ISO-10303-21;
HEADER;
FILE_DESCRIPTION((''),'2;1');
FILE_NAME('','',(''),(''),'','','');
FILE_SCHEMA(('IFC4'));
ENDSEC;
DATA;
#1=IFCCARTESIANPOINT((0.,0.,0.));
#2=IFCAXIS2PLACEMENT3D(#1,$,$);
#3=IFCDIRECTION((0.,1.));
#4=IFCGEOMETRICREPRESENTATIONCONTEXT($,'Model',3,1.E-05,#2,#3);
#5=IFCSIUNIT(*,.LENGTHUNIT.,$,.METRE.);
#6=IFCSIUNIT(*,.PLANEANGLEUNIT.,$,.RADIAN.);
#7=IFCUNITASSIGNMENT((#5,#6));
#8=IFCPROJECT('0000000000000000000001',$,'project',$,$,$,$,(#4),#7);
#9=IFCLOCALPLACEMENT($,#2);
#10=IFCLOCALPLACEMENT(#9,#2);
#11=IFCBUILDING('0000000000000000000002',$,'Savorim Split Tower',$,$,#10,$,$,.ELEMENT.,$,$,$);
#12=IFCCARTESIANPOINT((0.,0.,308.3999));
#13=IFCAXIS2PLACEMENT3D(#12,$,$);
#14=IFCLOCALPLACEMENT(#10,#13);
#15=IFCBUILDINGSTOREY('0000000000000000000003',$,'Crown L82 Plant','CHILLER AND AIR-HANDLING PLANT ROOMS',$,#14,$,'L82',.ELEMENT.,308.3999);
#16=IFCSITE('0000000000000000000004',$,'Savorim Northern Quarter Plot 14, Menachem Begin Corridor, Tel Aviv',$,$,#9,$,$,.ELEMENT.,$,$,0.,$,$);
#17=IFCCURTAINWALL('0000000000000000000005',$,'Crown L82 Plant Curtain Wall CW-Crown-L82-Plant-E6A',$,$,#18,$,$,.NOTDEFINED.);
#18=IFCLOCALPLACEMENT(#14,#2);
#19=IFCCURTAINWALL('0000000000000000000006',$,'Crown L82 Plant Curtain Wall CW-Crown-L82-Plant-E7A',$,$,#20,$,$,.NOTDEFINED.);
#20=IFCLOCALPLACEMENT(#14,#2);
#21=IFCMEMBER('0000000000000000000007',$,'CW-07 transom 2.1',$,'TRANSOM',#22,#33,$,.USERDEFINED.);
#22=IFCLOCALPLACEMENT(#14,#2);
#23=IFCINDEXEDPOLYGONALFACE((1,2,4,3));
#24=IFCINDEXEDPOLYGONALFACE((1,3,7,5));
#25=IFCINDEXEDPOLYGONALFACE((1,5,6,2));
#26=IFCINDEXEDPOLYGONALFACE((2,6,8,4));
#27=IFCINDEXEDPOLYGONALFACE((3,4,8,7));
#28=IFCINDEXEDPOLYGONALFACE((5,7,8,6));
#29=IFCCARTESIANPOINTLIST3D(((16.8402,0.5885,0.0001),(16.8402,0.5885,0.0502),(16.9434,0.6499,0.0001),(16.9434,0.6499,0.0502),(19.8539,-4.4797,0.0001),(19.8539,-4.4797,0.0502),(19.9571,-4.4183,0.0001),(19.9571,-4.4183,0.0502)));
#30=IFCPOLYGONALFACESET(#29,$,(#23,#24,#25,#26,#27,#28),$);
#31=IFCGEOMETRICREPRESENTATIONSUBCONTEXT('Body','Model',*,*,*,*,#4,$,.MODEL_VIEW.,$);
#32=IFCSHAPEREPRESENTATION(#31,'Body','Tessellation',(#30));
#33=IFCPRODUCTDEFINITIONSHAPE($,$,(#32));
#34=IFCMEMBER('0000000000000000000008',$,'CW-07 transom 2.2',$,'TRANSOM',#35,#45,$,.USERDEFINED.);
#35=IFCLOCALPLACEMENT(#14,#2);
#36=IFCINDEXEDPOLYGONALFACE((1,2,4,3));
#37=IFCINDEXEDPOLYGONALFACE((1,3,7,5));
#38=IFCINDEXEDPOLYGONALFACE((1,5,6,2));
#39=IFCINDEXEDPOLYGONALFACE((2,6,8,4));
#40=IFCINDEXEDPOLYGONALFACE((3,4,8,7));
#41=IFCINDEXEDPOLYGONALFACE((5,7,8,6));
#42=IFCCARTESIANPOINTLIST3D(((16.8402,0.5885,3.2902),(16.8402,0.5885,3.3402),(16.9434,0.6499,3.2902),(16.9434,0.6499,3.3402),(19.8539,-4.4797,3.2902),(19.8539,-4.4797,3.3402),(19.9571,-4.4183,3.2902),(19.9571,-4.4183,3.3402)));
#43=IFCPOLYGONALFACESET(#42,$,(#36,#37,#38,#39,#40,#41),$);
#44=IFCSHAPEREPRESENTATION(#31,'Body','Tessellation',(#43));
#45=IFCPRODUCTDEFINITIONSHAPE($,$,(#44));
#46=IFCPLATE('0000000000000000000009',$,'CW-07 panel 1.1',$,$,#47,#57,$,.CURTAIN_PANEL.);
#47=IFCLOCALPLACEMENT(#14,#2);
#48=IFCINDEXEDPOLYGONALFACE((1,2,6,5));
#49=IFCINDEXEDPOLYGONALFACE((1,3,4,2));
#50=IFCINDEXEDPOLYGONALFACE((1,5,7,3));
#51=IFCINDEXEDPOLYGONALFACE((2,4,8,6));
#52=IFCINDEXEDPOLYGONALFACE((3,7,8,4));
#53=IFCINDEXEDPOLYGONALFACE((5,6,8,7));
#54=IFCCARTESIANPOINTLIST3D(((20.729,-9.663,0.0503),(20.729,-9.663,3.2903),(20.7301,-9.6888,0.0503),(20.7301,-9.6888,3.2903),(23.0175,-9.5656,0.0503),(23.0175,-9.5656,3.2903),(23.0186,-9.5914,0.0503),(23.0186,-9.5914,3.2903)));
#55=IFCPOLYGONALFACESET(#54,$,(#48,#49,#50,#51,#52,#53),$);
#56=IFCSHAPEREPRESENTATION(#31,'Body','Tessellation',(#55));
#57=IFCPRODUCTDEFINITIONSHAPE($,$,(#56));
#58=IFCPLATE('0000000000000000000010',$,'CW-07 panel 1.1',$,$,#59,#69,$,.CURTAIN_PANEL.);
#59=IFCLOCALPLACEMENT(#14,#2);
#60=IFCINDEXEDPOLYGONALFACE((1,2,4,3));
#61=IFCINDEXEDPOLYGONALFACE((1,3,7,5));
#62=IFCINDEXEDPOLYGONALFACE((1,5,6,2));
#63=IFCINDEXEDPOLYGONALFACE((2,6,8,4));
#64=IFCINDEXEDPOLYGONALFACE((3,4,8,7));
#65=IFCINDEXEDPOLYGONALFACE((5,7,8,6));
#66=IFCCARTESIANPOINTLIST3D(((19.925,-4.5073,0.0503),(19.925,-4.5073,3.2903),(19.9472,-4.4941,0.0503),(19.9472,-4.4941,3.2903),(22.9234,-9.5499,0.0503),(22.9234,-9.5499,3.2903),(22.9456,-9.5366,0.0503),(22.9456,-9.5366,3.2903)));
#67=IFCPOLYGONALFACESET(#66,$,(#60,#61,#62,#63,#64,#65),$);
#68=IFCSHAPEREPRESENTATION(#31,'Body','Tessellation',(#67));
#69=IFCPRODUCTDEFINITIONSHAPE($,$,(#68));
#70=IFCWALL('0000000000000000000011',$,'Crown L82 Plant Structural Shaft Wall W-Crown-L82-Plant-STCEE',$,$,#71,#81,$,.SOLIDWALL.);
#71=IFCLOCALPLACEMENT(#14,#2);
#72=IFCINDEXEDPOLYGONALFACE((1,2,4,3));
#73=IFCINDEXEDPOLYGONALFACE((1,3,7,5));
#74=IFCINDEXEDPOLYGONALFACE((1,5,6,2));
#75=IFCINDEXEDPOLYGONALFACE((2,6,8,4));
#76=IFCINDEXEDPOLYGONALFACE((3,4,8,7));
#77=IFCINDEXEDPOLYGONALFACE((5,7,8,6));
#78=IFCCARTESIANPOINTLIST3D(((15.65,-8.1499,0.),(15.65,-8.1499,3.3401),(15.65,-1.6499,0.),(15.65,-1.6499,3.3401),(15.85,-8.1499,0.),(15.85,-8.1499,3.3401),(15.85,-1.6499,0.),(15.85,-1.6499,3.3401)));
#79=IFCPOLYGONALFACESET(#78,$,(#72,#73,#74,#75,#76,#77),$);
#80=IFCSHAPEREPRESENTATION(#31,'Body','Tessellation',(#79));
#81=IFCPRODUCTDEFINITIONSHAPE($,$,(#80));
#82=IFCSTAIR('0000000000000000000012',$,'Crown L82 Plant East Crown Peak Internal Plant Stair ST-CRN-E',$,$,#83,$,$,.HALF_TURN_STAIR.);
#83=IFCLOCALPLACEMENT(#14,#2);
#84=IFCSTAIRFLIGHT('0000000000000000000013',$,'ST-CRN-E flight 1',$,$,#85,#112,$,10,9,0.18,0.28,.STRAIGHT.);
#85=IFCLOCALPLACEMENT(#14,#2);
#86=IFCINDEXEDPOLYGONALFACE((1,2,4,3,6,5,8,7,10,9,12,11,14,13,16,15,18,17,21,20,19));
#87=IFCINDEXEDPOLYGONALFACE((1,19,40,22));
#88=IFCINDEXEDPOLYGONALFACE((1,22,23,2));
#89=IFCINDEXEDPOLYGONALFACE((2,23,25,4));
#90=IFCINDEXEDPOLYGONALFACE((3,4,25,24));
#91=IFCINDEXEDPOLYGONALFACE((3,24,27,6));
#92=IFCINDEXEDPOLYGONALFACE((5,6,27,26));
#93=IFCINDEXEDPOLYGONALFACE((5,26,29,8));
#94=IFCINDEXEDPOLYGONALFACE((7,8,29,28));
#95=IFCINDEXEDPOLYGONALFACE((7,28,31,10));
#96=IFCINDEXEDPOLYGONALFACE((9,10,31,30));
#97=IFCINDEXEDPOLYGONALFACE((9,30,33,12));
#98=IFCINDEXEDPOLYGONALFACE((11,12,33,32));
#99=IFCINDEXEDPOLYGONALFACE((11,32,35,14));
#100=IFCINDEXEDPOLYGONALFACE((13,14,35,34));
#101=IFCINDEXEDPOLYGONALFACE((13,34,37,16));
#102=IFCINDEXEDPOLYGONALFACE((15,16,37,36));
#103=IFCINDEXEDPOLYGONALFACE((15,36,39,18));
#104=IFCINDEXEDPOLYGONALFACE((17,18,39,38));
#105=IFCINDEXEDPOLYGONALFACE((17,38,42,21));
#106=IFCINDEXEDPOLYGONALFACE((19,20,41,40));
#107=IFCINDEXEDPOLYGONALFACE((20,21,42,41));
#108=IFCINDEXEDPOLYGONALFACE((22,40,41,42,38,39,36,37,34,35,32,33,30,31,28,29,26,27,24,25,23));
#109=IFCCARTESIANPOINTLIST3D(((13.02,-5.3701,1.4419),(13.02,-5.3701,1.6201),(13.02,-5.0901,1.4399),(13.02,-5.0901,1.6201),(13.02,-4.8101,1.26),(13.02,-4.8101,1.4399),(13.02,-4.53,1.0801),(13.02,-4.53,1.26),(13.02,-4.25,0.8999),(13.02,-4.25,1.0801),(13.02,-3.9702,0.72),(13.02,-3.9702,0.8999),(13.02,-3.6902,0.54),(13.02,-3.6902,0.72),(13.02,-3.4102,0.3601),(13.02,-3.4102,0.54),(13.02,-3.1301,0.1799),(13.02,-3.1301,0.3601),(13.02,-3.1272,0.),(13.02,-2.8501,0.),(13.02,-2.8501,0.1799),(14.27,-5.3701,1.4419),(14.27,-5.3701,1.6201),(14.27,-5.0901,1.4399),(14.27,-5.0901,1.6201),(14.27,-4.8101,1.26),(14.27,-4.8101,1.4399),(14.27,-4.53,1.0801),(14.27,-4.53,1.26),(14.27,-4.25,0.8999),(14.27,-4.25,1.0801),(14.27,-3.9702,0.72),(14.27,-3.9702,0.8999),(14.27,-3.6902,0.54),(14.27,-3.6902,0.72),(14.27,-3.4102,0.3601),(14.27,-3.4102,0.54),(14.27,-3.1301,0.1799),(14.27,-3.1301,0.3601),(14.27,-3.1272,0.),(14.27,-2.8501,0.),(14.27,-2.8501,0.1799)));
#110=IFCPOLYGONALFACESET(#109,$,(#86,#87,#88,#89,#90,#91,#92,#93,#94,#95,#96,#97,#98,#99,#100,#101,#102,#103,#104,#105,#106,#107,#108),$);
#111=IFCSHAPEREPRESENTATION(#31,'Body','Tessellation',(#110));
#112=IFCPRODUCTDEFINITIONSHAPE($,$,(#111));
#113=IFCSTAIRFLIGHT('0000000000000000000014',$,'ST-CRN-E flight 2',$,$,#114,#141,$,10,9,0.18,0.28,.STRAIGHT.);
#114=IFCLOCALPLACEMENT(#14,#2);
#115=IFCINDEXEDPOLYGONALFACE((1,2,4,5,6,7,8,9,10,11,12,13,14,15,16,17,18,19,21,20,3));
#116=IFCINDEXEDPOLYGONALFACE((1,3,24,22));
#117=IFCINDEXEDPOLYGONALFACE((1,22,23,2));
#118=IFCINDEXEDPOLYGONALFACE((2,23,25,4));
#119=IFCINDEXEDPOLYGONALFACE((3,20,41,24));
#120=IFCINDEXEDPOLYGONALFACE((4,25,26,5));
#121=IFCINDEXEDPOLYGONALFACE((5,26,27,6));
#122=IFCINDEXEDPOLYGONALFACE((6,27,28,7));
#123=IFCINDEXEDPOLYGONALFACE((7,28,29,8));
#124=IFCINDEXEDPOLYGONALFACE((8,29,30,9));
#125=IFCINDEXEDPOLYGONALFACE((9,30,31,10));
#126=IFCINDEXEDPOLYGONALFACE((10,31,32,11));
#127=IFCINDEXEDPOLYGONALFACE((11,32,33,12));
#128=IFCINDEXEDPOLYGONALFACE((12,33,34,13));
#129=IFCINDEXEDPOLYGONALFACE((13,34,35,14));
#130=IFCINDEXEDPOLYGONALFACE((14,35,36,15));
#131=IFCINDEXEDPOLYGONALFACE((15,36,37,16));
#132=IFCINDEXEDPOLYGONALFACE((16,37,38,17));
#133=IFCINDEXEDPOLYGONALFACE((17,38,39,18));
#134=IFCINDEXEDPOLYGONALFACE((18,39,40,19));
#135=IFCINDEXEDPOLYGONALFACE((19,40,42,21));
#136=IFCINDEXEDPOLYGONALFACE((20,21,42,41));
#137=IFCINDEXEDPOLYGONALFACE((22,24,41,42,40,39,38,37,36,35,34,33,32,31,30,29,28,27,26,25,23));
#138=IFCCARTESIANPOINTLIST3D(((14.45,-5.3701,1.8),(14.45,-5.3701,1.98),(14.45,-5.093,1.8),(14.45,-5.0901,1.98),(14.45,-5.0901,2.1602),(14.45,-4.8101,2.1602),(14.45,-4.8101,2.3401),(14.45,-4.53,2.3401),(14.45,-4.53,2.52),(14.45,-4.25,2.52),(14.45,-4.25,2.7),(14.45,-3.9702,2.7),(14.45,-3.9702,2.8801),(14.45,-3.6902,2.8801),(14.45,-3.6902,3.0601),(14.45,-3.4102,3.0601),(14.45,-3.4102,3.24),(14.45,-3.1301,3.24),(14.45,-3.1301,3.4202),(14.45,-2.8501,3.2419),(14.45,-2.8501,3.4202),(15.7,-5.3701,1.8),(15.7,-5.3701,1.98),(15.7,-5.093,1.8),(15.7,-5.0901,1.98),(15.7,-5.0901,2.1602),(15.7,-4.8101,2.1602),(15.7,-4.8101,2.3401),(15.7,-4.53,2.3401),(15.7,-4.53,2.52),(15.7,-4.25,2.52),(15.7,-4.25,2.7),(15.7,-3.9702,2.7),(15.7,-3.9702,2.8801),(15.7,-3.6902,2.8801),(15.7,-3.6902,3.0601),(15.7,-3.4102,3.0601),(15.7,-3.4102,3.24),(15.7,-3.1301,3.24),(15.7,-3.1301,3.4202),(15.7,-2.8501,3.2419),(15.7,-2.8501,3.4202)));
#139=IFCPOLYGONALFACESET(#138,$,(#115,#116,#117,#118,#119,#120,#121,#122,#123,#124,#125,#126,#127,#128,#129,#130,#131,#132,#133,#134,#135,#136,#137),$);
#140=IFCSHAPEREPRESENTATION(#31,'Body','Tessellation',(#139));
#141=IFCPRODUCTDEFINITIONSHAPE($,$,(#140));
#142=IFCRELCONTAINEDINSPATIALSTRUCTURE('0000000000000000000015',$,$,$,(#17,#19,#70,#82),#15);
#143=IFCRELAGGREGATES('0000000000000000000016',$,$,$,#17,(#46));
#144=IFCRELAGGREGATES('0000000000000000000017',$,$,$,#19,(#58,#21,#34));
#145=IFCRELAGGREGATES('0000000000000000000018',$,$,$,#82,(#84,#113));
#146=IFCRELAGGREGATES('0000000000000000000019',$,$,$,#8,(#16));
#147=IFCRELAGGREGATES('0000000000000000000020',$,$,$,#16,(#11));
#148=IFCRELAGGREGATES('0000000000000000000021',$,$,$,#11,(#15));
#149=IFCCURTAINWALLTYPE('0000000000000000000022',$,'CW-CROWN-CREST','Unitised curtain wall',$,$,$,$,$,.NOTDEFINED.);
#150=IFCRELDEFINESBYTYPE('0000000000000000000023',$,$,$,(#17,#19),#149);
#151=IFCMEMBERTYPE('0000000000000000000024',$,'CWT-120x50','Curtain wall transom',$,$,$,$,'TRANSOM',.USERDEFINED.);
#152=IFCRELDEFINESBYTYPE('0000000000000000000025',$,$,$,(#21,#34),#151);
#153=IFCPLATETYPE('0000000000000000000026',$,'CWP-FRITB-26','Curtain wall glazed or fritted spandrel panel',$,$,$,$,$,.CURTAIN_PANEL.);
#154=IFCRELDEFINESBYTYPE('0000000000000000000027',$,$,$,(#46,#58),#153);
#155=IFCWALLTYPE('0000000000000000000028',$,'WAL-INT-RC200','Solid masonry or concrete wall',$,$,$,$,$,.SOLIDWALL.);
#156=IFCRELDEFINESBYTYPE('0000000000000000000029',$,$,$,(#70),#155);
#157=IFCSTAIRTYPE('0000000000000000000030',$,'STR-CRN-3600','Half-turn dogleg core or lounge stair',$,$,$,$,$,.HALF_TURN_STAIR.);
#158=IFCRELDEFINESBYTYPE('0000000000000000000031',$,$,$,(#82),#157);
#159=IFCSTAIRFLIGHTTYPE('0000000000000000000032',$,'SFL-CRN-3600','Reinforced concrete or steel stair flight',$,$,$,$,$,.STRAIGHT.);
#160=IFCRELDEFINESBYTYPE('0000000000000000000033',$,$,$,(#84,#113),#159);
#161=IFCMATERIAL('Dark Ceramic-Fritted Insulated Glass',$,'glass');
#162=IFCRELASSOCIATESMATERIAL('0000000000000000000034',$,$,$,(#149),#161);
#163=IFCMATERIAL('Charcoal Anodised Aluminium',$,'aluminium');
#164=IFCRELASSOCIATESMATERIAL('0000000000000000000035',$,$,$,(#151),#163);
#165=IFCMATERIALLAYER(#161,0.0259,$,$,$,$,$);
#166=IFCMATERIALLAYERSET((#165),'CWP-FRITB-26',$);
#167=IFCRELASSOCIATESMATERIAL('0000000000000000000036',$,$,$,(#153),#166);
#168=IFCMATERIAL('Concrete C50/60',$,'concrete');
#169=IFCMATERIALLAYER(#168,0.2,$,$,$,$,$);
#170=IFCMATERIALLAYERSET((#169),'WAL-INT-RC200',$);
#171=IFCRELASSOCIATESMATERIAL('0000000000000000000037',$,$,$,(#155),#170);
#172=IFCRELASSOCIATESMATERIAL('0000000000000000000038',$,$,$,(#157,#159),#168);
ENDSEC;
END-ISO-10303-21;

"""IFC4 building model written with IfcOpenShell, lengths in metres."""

from ifc_helpers import new_model, si_unit, direction, frame, frame_2d, origin, origin_2d, place, context, subcontext, project, spatial, polyline, rectangle, outline, extrude, material, layer, layer_set, material_profile, profile_set, type_object, element, aggregate, save


model = new_model("IFC4")

# Units and contexts
model_context = context("Model", 3, precision=1e-05, world=origin(), true_north=direction((0.0, 1.0)))
body_context = subcontext(model_context, "Body", "Model", "MODEL_VIEW")
ifc_project = project(units=[si_unit("LENGTHUNIT", "METRE"), si_unit("PLANEANGLEUNIT", "RADIAN")], contexts=[model_context])

# Site, building, storey
site_placement = place(None, origin())
site = spatial("IfcSite", under=ifc_project, at=site_placement, Name="Savorim Northern Quarter Plot 14, Menachem Begin Corridor, Tel Aviv", CompositionType="ELEMENT", RefElevation=0.0)
building_placement = place(site_placement, origin())
building = spatial("IfcBuilding", under=site, at=building_placement, Name="Savorim Split Tower", CompositionType="ELEMENT")
storey_placement = place(building_placement, frame((0.0, 0.0, 308.3999)))
storey = spatial("IfcBuildingStorey", under=building, at=storey_placement, Name="Crown L82 Plant", Description="CHILLER AND AIR-HANDLING PLANT ROOMS", LongName="L82", CompositionType="ELEMENT", Elevation=308.3999)

# Curtain wall
ifc_material_1 = material(Name="Dark Ceramic-Fritted Insulated Glass", Category="glass")
curtain_wall_type = type_object("IfcCurtainWallType", Name="CW-CROWN-CREST", Description="Unitised curtain wall", PredefinedType="NOTDEFINED", material=ifc_material_1)
curtain_wall_1_placement = place(storey_placement, origin())
curtain_wall_1 = element("IfcCurtainWall", 1, at=curtain_wall_1_placement, inside=storey, type_object=curtain_wall_type, Name="Crown L82 Plant Curtain Wall CW-Crown-L82-Plant-E6A", PredefinedType="NOTDEFINED")
ifc_material_2 = material(Name="Charcoal Anodised Aluminium", Category="aluminium")

# Curtain wall
curtain_wall_2_placement = place(storey_placement, origin())
curtain_wall_2 = element("IfcCurtainWall", 2, at=curtain_wall_2_placement, inside=storey, type_object=curtain_wall_type, Name="Crown L82 Plant Curtain Wall CW-Crown-L82-Plant-E7A", PredefinedType="NOTDEFINED")

# Members
ifc_material_profile_1 = material_profile(ifc_material_2, rectangle(XDim=0.1201, YDim=0.05, at=origin_2d()), Name="ALU-T 120x50")
ifc_profile_set_1 = profile_set([ifc_material_profile_1], Name="Charcoal Anodised Aluminium")
member_type_1 = type_object("IfcMemberType", Name="CWT-120x50", Description="Curtain wall transom", ElementType="TRANSOM", PredefinedType="USERDEFINED", material=ifc_profile_set_1)
member_1_placement = place(storey_placement, frame((19.9055, -4.449, 0.0251), z_axis=(-0.5111, 0.859521, 0.0), x_axis=(-0.859521, -0.5111, 0.0)))
member_1 = element("IfcMember", 3, at=member_1_placement, type_object=member_type_1, Name="CW-07 transom 2.1", ObjectType="TRANSOM", PredefinedType="USERDEFINED", context=body_context, shape_type="SweptSolid", body=[
    extrude(rectangle(XDim=0.1201, YDim=0.05, at=origin_2d()), origin(), (0.0, 0.0, 1.0), 5.8965),
])
member_2_placement = place(storey_placement, frame((19.9055, -4.449, 3.3152), z_axis=(-0.5111, 0.859521, 0.0), x_axis=(-0.859521, -0.5111, 0.0)))
member_2 = element("IfcMember", 4, at=member_2_placement, type_object=member_type_1, Name="CW-07 transom 2.2", ObjectType="TRANSOM", PredefinedType="USERDEFINED", context=body_context, shape_type="SweptSolid", body=[
    extrude(rectangle(XDim=0.1201, YDim=0.05, at=origin_2d()), origin(), (0.0, 0.0, 1.0), 5.8965),
])

# Plates
ifc_layer_1 = layer(ifc_material_1, 0.0259)
ifc_layer_set_1 = layer_set([ifc_layer_1], Name="CWP-FRITB-26")
plate_type = type_object("IfcPlateType", Name="CWP-FRITB-26", Description="Curtain wall glazed or fritted spandrel panel", PredefinedType="CURTAIN_PANEL", material=ifc_layer_set_1)
plate_1_placement = place(storey_placement, frame((21.8738, -9.6272, 0.0503), z_axis=(0.0, 0.0, 1.0), x_axis=(0.999096, 0.042521, 0.0)))
plate_1 = element("IfcPlate", 5, at=plate_1_placement, type_object=plate_type, Name="CW-07 panel 1.1", PredefinedType="CURTAIN_PANEL", context=body_context, shape_type="SweptSolid", body=[
    extrude(rectangle(XDim=2.2905, YDim=0.0259, at=origin_2d()), origin(), (0.0, 0.0, 1.0), 3.24),
])
aggregate(curtain_wall_1, [plate_1])
plate_2_placement = place(storey_placement, frame((21.4353, -7.022, 0.0503), z_axis=(0.0, 0.0, 1.0), x_axis=(-0.511095, 0.859524, 0.0)))
plate_2 = element("IfcPlate", 6, at=plate_2_placement, type_object=plate_type, Name="CW-07 panel 1.1", PredefinedType="CURTAIN_PANEL", context=body_context, shape_type="SweptSolid", body=[
    extrude(rectangle(XDim=5.8667, YDim=0.0259, at=origin_2d()), origin(), (0.0, 0.0, 1.0), 3.24),
])
aggregate(curtain_wall_2, [plate_2, member_1, member_2])

# Wall
ifc_material_3 = material(Name="Concrete C50/60", Category="concrete")
ifc_layer_2 = layer(ifc_material_3, 0.2)
ifc_layer_set_2 = layer_set([ifc_layer_2], Name="WAL-INT-RC200")
wall_type = type_object("IfcWallType", Name="WAL-INT-RC200", Description="Solid masonry or concrete wall", PredefinedType="SOLIDWALL", material=ifc_layer_set_2)
wall_placement = place(storey_placement, frame((15.75, -8.1499, 0.0), z_axis=(0.0, 0.0, 1.0), x_axis=(0.0, 1.0, 0.0)))
element("IfcWall", 7, at=wall_placement, inside=storey, type_object=wall_type, Name="Crown L82 Plant Structural Shaft Wall W-Crown-L82-Plant-STCEE", PredefinedType="SOLIDWALL", context=body_context, shape_type="SweptSolid", body=[
    extrude(rectangle(XDim=6.5, YDim=0.2, at=frame_2d((3.25, 0.0))), origin(), (0.0, 0.0, 1.0), 3.3401),
])

# Stair, stair flights
stair_type = type_object("IfcStairType", Name="STR-CRN-3600", Description="Half-turn dogleg core or lounge stair", PredefinedType="HALF_TURN_STAIR", material=ifc_material_3)
stair_placement = place(storey_placement, origin())
stair = element("IfcStair", 8, at=stair_placement, inside=storey, type_object=stair_type, Name="Crown L82 Plant East Crown Peak Internal Plant Stair ST-CRN-E", PredefinedType="HALF_TURN_STAIR")
stair_flight_type = type_object("IfcStairFlightType", Name="SFL-CRN-3600", Description="Reinforced concrete or steel stair flight", PredefinedType="STRAIGHT", material=ifc_material_3)
stair_flight_1_placement = place(storey_placement, frame((13.645, -2.8501, 0.0), z_axis=(0.0, 0.0, 1.0), x_axis=(0.0, -1.0, 0.0)))
stair_flight_1 = element("IfcStairFlight", 9, at=stair_flight_1_placement, type_object=stair_flight_type, Name="ST-CRN-E flight 1", NumberOfRisers=10, NumberOfTreads=9, PredefinedType="STRAIGHT", RiserHeight=0.18, TreadLength=0.28, context=body_context, shape_type="SweptSolid", body=[
    extrude(outline(polyline([(0.0, 0.0), (0.0, 0.1799), (0.28, 0.1799), (0.28, 0.3601), (0.5601, 0.3601), (0.5601, 0.54), (0.8401, 0.54), (0.8401, 0.72), (1.1201, 0.72), (1.1201, 0.8999), (1.3999, 0.8999), (1.3999, 1.0801), (1.6799, 1.0801), (1.6799, 1.26), (1.96, 1.26), (1.96, 1.4399), (2.24, 1.4399), (2.24, 1.6201), (2.52, 1.6201), (2.52, 1.8), (2.52, 1.4419), (0.2771, 0.0), (0.0, 0.0)])), frame((0.0, 0.625, 0.0), z_axis=(0.0, -1.0, 0.0), x_axis=(1.0, 0.0, 0.0)), (0.0, 0.0, 1.0), 1.25),
])
stair_flight_2_placement = place(storey_placement, frame((15.075, -5.3701, 1.8), z_axis=(0.0, 0.0, 1.0), x_axis=(0.0, 1.0, 0.0)))
stair_flight_2 = element("IfcStairFlight", 10, at=stair_flight_2_placement, type_object=stair_flight_type, Name="ST-CRN-E flight 2", NumberOfRisers=10, NumberOfTreads=9, PredefinedType="STRAIGHT", RiserHeight=0.18, TreadLength=0.28, context=body_context, shape_type="SweptSolid", body=[
    extrude(outline(polyline([(0.0, 0.0), (0.0, 0.1799), (0.28, 0.1799), (0.28, 0.3601), (0.5601, 0.3601), (0.5601, 0.54), (0.8401, 0.54), (0.8401, 0.72), (1.1201, 0.72), (1.1201, 0.8999), (1.3999, 0.8999), (1.3999, 1.0801), (1.6799, 1.0801), (1.6799, 1.26), (1.96, 1.26), (1.96, 1.4399), (2.24, 1.4399), (2.24, 1.6201), (2.52, 1.6201), (2.52, 1.8), (2.52, 1.4419), (0.2771, 0.0), (0.0, 0.0)])), frame((0.0, 0.625, 0.0), z_axis=(0.0, -1.0, 0.0), x_axis=(1.0, 0.0, 0.0)), (0.0, 0.0, 1.0), 1.25),
])
aggregate(stair, [stair_flight_1, stair_flight_2])

save(model, "model.ifc")
